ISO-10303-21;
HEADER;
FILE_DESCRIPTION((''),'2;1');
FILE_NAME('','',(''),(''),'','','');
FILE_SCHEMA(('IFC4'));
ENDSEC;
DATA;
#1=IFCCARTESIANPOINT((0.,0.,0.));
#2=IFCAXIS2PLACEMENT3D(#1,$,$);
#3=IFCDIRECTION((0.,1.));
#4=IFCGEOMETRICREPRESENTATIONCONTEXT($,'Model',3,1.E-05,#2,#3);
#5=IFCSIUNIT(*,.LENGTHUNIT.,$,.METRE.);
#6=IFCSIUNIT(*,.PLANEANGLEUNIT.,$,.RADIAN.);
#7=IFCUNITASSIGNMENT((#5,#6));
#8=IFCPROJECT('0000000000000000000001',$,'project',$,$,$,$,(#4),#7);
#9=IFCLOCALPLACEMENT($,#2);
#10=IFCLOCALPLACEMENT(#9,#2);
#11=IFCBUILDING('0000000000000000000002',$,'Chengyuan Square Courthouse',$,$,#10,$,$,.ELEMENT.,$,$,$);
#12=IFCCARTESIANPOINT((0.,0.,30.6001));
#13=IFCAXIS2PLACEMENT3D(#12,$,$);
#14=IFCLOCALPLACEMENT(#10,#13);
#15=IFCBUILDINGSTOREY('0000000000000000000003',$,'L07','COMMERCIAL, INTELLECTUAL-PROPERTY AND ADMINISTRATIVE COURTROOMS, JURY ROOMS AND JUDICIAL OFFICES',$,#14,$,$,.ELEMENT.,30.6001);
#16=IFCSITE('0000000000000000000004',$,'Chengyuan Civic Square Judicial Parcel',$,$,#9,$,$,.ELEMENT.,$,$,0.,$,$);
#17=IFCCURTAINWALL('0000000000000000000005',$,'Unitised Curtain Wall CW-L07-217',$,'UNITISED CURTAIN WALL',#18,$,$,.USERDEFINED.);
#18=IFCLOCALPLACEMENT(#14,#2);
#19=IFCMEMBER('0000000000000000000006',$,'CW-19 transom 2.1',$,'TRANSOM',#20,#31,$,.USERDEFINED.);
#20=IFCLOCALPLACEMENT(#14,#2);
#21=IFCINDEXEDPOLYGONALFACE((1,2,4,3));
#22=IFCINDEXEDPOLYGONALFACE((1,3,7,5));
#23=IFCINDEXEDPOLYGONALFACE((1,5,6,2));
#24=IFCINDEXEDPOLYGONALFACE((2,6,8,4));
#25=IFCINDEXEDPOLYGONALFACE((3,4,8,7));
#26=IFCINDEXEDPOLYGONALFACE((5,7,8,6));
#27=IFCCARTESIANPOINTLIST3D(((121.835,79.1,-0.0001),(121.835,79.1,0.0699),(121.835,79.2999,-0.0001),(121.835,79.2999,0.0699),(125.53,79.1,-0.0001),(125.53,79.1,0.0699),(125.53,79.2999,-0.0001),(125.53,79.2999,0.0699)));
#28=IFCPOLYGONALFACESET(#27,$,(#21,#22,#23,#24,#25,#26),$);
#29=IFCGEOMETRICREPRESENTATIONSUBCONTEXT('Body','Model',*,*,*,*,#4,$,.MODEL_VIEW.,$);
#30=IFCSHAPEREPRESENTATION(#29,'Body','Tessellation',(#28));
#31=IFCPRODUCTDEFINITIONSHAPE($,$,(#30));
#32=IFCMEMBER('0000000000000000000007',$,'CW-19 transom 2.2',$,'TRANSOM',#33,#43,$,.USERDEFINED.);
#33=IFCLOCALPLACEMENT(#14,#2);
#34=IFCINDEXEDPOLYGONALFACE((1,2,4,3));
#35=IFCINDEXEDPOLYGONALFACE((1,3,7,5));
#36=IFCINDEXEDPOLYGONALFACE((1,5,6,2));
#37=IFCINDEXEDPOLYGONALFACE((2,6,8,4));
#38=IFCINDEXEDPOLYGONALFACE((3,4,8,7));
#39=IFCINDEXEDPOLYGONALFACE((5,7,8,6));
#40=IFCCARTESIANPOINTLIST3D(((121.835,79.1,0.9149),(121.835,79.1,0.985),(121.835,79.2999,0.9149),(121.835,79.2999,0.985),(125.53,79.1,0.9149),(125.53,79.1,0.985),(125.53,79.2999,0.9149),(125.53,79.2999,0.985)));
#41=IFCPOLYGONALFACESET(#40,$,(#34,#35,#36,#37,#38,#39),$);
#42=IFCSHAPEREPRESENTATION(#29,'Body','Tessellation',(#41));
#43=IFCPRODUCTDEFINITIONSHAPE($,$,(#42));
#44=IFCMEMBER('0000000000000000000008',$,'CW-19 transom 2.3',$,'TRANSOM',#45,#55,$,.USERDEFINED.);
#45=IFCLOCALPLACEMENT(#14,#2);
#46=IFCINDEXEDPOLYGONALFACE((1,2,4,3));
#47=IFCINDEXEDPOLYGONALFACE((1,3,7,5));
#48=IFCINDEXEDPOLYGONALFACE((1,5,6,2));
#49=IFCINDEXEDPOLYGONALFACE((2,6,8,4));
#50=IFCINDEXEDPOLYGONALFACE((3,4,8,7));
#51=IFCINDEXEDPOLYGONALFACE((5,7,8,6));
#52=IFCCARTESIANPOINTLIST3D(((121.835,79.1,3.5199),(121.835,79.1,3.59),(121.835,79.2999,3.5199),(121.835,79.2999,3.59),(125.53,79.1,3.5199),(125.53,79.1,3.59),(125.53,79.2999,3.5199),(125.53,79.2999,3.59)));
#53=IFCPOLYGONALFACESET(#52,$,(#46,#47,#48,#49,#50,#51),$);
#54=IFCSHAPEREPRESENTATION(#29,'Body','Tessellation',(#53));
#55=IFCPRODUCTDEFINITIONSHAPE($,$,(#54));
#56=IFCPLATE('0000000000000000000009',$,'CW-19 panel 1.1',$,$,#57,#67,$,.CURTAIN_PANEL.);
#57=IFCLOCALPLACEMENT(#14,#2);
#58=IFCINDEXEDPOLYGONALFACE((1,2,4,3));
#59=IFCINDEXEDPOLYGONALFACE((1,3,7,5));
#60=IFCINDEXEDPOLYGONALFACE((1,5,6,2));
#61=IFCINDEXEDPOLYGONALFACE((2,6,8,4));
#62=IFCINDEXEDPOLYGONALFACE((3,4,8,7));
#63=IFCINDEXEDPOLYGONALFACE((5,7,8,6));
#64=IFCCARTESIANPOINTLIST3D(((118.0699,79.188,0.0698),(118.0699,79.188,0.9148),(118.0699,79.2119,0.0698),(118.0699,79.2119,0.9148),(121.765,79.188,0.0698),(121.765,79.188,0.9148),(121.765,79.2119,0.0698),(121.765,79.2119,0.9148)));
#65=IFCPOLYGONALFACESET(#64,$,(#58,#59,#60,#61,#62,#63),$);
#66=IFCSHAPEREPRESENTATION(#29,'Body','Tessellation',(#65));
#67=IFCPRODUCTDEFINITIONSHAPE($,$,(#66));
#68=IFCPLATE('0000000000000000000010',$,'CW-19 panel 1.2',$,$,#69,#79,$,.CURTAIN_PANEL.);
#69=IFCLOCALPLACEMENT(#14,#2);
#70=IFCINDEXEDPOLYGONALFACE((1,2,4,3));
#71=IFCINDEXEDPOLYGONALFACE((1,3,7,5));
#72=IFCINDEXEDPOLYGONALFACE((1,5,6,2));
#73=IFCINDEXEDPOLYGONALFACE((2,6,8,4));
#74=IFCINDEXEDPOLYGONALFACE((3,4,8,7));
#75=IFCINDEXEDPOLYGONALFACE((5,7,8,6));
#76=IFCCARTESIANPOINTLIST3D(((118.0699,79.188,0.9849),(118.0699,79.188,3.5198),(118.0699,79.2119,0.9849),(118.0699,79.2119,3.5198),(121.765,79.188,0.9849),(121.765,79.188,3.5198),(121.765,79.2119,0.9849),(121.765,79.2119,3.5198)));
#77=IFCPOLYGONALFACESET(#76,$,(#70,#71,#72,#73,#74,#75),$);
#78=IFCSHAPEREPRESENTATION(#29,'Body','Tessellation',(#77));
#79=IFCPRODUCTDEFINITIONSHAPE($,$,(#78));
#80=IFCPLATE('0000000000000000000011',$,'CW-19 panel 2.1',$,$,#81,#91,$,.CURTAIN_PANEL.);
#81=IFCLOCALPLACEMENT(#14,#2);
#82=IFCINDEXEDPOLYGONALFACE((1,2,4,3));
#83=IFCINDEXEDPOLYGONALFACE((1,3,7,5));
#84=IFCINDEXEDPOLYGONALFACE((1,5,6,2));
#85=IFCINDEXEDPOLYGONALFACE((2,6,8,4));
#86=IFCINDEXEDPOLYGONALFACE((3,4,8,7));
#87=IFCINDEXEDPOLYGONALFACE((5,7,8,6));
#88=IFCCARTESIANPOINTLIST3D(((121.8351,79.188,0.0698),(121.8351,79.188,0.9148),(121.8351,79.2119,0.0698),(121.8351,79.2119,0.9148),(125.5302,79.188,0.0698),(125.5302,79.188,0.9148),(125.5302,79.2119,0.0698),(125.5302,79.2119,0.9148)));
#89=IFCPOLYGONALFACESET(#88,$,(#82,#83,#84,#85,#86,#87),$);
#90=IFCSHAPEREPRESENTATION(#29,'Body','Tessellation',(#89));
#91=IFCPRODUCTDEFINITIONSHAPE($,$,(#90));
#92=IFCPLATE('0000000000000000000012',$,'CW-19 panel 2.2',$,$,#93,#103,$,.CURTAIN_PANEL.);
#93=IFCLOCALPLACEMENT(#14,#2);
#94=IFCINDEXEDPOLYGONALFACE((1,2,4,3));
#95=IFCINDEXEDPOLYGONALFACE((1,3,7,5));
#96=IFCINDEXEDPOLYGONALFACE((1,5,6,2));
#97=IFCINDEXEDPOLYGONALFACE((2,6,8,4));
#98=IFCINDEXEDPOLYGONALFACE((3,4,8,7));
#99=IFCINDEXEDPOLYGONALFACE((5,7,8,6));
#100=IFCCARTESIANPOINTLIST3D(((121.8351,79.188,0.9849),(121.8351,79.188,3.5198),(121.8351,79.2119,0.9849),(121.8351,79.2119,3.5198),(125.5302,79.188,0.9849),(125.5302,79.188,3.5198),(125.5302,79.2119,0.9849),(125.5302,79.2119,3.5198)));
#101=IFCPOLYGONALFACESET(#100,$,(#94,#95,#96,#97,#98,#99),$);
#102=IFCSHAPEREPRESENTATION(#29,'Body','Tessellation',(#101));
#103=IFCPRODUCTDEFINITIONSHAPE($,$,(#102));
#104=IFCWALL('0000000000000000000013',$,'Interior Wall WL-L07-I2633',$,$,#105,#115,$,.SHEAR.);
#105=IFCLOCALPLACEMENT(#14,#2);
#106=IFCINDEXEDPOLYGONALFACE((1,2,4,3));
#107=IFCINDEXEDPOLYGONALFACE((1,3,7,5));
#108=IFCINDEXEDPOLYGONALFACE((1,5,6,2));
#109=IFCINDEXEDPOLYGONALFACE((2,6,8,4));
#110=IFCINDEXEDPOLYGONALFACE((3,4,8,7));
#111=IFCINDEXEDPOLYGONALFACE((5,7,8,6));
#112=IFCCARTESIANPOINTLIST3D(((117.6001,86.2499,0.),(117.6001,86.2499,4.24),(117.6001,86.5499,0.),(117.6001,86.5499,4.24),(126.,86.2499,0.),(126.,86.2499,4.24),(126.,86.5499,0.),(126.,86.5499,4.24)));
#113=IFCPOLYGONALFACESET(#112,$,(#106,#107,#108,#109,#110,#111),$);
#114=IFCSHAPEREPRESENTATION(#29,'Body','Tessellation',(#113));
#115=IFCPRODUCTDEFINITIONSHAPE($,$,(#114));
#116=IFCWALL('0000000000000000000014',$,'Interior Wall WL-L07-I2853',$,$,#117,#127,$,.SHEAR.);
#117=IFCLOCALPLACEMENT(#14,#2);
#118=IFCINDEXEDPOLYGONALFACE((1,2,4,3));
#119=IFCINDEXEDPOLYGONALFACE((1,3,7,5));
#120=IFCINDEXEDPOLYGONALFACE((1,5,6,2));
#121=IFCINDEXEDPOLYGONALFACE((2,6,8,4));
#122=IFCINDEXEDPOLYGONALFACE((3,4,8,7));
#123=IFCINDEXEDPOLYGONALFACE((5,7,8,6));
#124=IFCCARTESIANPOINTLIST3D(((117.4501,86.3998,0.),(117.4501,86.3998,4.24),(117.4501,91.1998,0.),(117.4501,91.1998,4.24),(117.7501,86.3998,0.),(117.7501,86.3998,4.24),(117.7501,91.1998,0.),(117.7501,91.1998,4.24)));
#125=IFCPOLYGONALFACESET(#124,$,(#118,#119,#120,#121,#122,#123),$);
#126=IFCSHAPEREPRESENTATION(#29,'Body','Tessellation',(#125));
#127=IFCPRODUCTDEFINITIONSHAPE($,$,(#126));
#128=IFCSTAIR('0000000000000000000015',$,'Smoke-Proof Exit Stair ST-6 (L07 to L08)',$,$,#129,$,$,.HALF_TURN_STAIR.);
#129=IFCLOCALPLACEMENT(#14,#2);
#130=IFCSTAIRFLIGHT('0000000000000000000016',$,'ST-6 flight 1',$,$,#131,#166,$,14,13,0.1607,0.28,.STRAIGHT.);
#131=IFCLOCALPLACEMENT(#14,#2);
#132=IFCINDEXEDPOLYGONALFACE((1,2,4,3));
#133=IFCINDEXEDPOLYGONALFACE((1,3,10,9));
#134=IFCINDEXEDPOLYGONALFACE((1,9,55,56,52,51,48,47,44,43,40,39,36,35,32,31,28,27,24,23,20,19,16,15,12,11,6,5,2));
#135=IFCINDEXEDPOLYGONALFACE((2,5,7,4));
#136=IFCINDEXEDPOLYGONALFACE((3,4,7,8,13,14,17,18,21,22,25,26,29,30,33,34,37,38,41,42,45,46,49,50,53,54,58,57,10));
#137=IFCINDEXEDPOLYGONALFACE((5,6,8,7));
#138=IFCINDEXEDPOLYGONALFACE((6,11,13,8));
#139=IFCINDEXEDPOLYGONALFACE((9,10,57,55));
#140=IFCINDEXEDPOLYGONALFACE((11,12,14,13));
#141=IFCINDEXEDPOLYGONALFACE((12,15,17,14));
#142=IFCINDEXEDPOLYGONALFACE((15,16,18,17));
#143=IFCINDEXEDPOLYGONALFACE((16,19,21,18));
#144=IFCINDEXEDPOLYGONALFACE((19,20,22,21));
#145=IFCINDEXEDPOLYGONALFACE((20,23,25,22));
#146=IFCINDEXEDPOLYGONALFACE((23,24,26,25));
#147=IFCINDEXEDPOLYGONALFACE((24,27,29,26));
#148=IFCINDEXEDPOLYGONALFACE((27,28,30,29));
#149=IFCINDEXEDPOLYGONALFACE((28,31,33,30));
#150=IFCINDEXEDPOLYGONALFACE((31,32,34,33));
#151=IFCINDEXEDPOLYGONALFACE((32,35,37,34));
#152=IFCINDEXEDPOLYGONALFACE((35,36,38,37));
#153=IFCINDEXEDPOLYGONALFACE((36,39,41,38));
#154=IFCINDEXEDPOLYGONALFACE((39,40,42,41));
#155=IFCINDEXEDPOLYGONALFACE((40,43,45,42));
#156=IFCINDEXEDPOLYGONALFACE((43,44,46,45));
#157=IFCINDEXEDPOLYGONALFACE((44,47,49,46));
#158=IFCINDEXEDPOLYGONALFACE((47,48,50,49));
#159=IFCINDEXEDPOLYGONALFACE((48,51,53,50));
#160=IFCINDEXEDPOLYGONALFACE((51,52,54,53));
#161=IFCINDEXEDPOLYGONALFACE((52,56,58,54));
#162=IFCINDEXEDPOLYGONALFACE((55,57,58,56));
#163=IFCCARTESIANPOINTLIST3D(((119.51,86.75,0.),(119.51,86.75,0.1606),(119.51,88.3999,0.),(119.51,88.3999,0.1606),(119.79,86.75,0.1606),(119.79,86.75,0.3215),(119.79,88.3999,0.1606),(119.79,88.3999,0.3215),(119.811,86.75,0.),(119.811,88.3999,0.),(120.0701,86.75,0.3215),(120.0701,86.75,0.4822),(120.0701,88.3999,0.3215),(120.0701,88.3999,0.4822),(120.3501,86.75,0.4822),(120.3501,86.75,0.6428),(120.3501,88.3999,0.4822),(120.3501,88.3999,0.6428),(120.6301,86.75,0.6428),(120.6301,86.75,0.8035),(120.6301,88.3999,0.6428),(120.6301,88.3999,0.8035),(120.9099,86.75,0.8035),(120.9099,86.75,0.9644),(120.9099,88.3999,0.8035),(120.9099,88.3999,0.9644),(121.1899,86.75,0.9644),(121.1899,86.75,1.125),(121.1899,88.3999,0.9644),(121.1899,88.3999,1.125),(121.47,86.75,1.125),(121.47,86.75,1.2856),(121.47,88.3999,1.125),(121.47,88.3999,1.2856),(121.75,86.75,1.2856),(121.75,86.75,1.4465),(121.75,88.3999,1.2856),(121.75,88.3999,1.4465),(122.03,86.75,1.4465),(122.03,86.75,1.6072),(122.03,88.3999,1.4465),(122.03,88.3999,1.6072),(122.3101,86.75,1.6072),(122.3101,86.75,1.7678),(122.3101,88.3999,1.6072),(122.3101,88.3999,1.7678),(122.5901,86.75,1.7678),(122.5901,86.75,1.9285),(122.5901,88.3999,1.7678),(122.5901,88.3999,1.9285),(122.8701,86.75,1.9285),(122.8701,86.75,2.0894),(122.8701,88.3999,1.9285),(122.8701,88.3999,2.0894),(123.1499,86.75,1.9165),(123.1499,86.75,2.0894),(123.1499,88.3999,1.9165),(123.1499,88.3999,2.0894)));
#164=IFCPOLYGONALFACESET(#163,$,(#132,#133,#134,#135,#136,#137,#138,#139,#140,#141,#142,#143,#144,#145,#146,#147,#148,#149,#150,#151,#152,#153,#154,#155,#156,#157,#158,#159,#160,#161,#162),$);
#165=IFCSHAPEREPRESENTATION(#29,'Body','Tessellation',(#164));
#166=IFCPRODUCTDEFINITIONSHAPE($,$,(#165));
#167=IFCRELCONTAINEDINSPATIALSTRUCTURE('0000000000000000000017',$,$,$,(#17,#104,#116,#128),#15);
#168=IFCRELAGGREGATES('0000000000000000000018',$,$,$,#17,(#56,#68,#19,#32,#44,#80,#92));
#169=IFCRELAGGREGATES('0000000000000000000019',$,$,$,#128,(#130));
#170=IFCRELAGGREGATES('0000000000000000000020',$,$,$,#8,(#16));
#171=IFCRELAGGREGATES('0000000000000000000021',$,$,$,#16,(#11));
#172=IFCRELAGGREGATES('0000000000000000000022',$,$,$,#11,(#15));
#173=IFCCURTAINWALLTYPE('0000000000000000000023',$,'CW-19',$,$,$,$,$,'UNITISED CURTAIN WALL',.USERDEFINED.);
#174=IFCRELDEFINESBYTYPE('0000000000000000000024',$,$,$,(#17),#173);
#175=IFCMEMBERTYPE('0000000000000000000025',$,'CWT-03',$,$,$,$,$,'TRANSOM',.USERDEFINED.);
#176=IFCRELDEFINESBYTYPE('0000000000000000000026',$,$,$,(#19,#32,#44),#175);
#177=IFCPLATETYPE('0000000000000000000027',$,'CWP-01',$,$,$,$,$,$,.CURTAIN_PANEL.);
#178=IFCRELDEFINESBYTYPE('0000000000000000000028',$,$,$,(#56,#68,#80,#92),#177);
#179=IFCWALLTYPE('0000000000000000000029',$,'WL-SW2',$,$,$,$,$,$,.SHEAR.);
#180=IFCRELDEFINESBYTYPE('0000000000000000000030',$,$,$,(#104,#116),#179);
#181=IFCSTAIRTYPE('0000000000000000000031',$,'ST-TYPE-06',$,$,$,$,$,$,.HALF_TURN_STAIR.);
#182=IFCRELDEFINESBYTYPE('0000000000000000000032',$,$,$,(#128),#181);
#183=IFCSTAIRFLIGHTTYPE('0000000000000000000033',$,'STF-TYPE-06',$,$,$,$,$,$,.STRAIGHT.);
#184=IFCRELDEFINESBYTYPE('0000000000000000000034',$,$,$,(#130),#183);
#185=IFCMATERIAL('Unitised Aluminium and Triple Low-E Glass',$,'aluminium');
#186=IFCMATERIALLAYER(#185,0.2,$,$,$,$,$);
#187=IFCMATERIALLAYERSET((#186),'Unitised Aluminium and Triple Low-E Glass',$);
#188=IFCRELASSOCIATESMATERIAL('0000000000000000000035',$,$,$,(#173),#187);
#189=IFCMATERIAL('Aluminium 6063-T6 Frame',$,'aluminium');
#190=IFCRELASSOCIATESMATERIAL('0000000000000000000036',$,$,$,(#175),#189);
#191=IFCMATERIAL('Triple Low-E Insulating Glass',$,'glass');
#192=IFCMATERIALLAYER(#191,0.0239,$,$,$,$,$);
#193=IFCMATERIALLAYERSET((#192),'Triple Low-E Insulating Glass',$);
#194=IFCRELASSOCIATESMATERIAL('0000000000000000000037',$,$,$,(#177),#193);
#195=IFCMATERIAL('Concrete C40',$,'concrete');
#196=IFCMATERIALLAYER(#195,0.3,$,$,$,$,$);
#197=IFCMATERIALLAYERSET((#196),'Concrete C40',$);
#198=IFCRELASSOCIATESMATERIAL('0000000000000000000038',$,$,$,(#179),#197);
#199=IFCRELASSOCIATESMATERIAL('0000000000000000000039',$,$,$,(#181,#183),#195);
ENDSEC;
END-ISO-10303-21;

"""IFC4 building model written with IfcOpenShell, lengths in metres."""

from ifc_helpers import new_model, si_unit, direction, frame, frame_2d, origin, origin_2d, place, context, subcontext, project, spatial, polyline, rectangle, outline, extrude, material, layer, layer_set, material_profile, profile_set, type_object, element, aggregate, save


model = new_model("IFC4")

# Units and contexts
model_context = context("Model", 3, precision=1e-05, world=origin(), true_north=direction((0.0, 1.0)))
body_context = subcontext(model_context, "Body", "Model", "MODEL_VIEW")
ifc_project = project(units=[si_unit("LENGTHUNIT", "METRE"), si_unit("PLANEANGLEUNIT", "RADIAN")], contexts=[model_context])

# Site, building, storey
site_placement = place(None, origin())
site = spatial("IfcSite", under=ifc_project, at=site_placement, Name="Chengyuan Civic Square Judicial Parcel", CompositionType="ELEMENT", RefElevation=0.0)
building_placement = place(site_placement, origin())
building = spatial("IfcBuilding", under=site, at=building_placement, Name="Chengyuan Square Courthouse", CompositionType="ELEMENT")
storey_placement = place(building_placement, frame((0.0, 0.0, 30.6001)))
storey = spatial("IfcBuildingStorey", under=building, at=storey_placement, Name="L07", Description="COMMERCIAL, INTELLECTUAL-PROPERTY AND ADMINISTRATIVE COURTROOMS, JURY ROOMS AND JUDICIAL OFFICES", CompositionType="ELEMENT", Elevation=30.6001)

# Shared definitions
ifc_material_1 = material(Name="Concrete C40", Category="concrete")

# Curtain wall, members, plates
ifc_material_2 = material(Name="Unitised Aluminium and Triple Low-E Glass", Category="aluminium")
ifc_layer_1 = layer(ifc_material_2, 0.2)
ifc_layer_set_1 = layer_set([ifc_layer_1], Name="Unitised Aluminium and Triple Low-E Glass")
curtain_wall_type = type_object("IfcCurtainWallType", Name="CW-19", ElementType="UNITISED CURTAIN WALL", PredefinedType="USERDEFINED", material=ifc_layer_set_1)
curtain_wall_placement = place(storey_placement, origin())
curtain_wall = element("IfcCurtainWall", 1, at=curtain_wall_placement, inside=storey, type_object=curtain_wall_type, Name="Unitised Curtain Wall CW-L07-217", ObjectType="UNITISED CURTAIN WALL", PredefinedType="USERDEFINED")
ifc_material_3 = material(Name="Aluminium 6063-T6 Frame", Category="aluminium")
ifc_material_profile_1 = material_profile(ifc_material_3, rectangle(XDim=0.2, YDim=0.0701, at=origin_2d()), Name="CW-TRN-70x160")
ifc_profile_set_1 = profile_set([ifc_material_profile_1], Name="Aluminium 6063-T6 Frame")
member_type_1 = type_object("IfcMemberType", Name="CWT-03", ElementType="TRANSOM", PredefinedType="USERDEFINED", material=ifc_profile_set_1)
member_1_placement = place(storey_placement, frame((121.835, 79.2, 0.0349), z_axis=(1.0, 0.0, 0.0), x_axis=(0.0, 1.0, 0.0)))
member_1 = element("IfcMember", 2, at=member_1_placement, type_object=member_type_1, Name="CW-19 transom 2.1", ObjectType="TRANSOM", PredefinedType="USERDEFINED", context=body_context, shape_type="SweptSolid", body=[
    extrude(rectangle(XDim=0.2, YDim=0.0701, at=origin_2d()), origin(), (0.0, 0.0, 1.0), 3.6951),
])
member_2_placement = place(storey_placement, frame((121.835, 79.2, 0.95), z_axis=(1.0, 0.0, 0.0), x_axis=(0.0, 1.0, 0.0)))
member_2 = element("IfcMember", 3, at=member_2_placement, type_object=member_type_1, Name="CW-19 transom 2.2", ObjectType="TRANSOM", PredefinedType="USERDEFINED", context=body_context, shape_type="SweptSolid", body=[
    extrude(rectangle(XDim=0.2, YDim=0.0701, at=origin_2d()), origin(), (0.0, 0.0, 1.0), 3.6951),
])
member_3_placement = place(storey_placement, frame((121.835, 79.2, 3.5549), z_axis=(1.0, 0.0, 0.0), x_axis=(0.0, 1.0, 0.0)))
member_3 = element("IfcMember", 4, at=member_3_placement, type_object=member_type_1, Name="CW-19 transom 2.3", ObjectType="TRANSOM", PredefinedType="USERDEFINED", context=body_context, shape_type="SweptSolid", body=[
    extrude(rectangle(XDim=0.2, YDim=0.0701, at=origin_2d()), origin(), (0.0, 0.0, 1.0), 3.6951),
])
ifc_material_4 = material(Name="Triple Low-E Insulating Glass", Category="glass")
ifc_layer_2 = layer(ifc_material_4, 0.0239)
ifc_layer_set_2 = layer_set([ifc_layer_2], Name="Triple Low-E Insulating Glass")
plate_type = type_object("IfcPlateType", Name="CWP-01", PredefinedType="CURTAIN_PANEL", material=ifc_layer_set_2)
plate_1_placement = place(storey_placement, frame((119.9175, 79.2, 0.0698), z_axis=(0.0, 0.0, 1.0), x_axis=(1.0, 0.0, 0.0)))
plate_1 = element("IfcPlate", 5, at=plate_1_placement, type_object=plate_type, Name="CW-19 panel 1.1", PredefinedType="CURTAIN_PANEL", context=body_context, shape_type="SweptSolid", body=[
    extrude(rectangle(XDim=3.6951, YDim=0.0239, at=origin_2d()), origin(), (0.0, 0.0, 1.0), 0.845),
])
plate_2_placement = place(storey_placement, frame((119.9175, 79.2, 0.9849), z_axis=(0.0, 0.0, 1.0), x_axis=(1.0, 0.0, 0.0)))
plate_2 = element("IfcPlate", 6, at=plate_2_placement, type_object=plate_type, Name="CW-19 panel 1.2", PredefinedType="CURTAIN_PANEL", context=body_context, shape_type="SweptSolid", body=[
    extrude(rectangle(XDim=3.6951, YDim=0.0239, at=origin_2d()), origin(), (0.0, 0.0, 1.0), 2.5349),
])
plate_3_placement = place(storey_placement, frame((123.6826, 79.2, 0.0698), z_axis=(0.0, 0.0, 1.0), x_axis=(1.0, 0.0, 0.0)))
plate_3 = element("IfcPlate", 7, at=plate_3_placement, type_object=plate_type, Name="CW-19 panel 2.1", PredefinedType="CURTAIN_PANEL", context=body_context, shape_type="SweptSolid", body=[
    extrude(rectangle(XDim=3.6951, YDim=0.0239, at=origin_2d()), origin(), (0.0, 0.0, 1.0), 0.845),
])
plate_4_placement = place(storey_placement, frame((123.6826, 79.2, 0.9849), z_axis=(0.0, 0.0, 1.0), x_axis=(1.0, 0.0, 0.0)))
plate_4 = element("IfcPlate", 8, at=plate_4_placement, type_object=plate_type, Name="CW-19 panel 2.2", PredefinedType="CURTAIN_PANEL", context=body_context, shape_type="SweptSolid", body=[
    extrude(rectangle(XDim=3.6951, YDim=0.0239, at=origin_2d()), origin(), (0.0, 0.0, 1.0), 2.5349),
])
aggregate(curtain_wall, [plate_1, plate_2, member_1, member_2, member_3, plate_3, plate_4])

# Walls
ifc_layer_3 = layer(ifc_material_1, 0.3)
ifc_layer_set_3 = layer_set([ifc_layer_3], Name="Concrete C40")
wall_type = type_object("IfcWallType", Name="WL-SW2", PredefinedType="SHEAR", material=ifc_layer_set_3)
wall_1_placement = place(storey_placement, frame((117.6001, 86.3999, 0.0), z_axis=(0.0, 0.0, 1.0), x_axis=(1.0, 0.0, 0.0)))
element("IfcWall", 9, at=wall_1_placement, inside=storey, type_object=wall_type, Name="Interior Wall WL-L07-I2633", PredefinedType="SHEAR", context=body_context, shape_type="SweptSolid", body=[
    extrude(rectangle(XDim=8.3999, YDim=0.3, at=frame_2d((4.2, 0.0))), origin(), (0.0, 0.0, 1.0), 4.24),
])
wall_2_placement = place(storey_placement, frame((117.6001, 86.3999, 0.0), z_axis=(0.0, 0.0, 1.0), x_axis=(0.0, 1.0, 0.0)))
element("IfcWall", 10, at=wall_2_placement, inside=storey, type_object=wall_type, Name="Interior Wall WL-L07-I2853", PredefinedType="SHEAR", context=body_context, shape_type="SweptSolid", body=[
    extrude(rectangle(XDim=4.8, YDim=0.3, at=frame_2d((2.3999, 0.0))), origin(), (0.0, 0.0, 1.0), 4.24),
])

# Stair, stair flight
stair_type = type_object("IfcStairType", Name="ST-TYPE-06", PredefinedType="HALF_TURN_STAIR", material=ifc_material_1)
stair_placement = place(storey_placement, origin())
stair = element("IfcStair", 11, at=stair_placement, inside=storey, type_object=stair_type, Name="Smoke-Proof Exit Stair ST-6 (L07 to L08)", PredefinedType="HALF_TURN_STAIR")
stair_flight_type = type_object("IfcStairFlightType", Name="STF-TYPE-06", PredefinedType="STRAIGHT", material=ifc_material_1)
stair_flight_placement = place(storey_placement, frame((119.51, 87.575, 0.0), z_axis=(0.0, 0.0, 1.0), x_axis=(1.0, 0.0, 0.0)))
stair_flight = element("IfcStairFlight", 12, at=stair_flight_placement, type_object=stair_flight_type, Name="ST-6 flight 1", NumberOfRisers=14, NumberOfTreads=13, PredefinedType="STRAIGHT", RiserHeight=0.1607, TreadLength=0.28, context=body_context, shape_type="SweptSolid", body=[
    extrude(outline(polyline([(0.0, 0.0), (0.0, 0.1606), (0.28, 0.1606), (0.28, 0.3215), (0.5601, 0.3215), (0.5601, 0.4822), (0.8401, 0.4822), (0.8401, 0.6428), (1.1201, 0.6428), (1.1201, 0.8035), (1.3999, 0.8035), (1.3999, 0.9644), (1.6799, 0.9644), (1.6799, 1.125), (1.96, 1.125), (1.96, 1.2856), (2.24, 1.2856), (2.24, 1.4465), (2.52, 1.4465), (2.52, 1.6072), (2.8, 1.6072), (2.8, 1.7678), (3.0801, 1.7678), (3.0801, 1.9285), (3.3601, 1.9285), (3.3601, 2.0894), (3.6399, 2.0894), (3.6399, 2.25), (3.6399, 1.9165), (0.301, 0.0), (0.0, 0.0)])), frame((0.0, 0.825, 0.0), z_axis=(0.0, -1.0, 0.0), x_axis=(1.0, 0.0, 0.0)), (0.0, 0.0, 1.0), 1.6499),
])
aggregate(stair, [stair_flight])

save(model, "model.ifc")
